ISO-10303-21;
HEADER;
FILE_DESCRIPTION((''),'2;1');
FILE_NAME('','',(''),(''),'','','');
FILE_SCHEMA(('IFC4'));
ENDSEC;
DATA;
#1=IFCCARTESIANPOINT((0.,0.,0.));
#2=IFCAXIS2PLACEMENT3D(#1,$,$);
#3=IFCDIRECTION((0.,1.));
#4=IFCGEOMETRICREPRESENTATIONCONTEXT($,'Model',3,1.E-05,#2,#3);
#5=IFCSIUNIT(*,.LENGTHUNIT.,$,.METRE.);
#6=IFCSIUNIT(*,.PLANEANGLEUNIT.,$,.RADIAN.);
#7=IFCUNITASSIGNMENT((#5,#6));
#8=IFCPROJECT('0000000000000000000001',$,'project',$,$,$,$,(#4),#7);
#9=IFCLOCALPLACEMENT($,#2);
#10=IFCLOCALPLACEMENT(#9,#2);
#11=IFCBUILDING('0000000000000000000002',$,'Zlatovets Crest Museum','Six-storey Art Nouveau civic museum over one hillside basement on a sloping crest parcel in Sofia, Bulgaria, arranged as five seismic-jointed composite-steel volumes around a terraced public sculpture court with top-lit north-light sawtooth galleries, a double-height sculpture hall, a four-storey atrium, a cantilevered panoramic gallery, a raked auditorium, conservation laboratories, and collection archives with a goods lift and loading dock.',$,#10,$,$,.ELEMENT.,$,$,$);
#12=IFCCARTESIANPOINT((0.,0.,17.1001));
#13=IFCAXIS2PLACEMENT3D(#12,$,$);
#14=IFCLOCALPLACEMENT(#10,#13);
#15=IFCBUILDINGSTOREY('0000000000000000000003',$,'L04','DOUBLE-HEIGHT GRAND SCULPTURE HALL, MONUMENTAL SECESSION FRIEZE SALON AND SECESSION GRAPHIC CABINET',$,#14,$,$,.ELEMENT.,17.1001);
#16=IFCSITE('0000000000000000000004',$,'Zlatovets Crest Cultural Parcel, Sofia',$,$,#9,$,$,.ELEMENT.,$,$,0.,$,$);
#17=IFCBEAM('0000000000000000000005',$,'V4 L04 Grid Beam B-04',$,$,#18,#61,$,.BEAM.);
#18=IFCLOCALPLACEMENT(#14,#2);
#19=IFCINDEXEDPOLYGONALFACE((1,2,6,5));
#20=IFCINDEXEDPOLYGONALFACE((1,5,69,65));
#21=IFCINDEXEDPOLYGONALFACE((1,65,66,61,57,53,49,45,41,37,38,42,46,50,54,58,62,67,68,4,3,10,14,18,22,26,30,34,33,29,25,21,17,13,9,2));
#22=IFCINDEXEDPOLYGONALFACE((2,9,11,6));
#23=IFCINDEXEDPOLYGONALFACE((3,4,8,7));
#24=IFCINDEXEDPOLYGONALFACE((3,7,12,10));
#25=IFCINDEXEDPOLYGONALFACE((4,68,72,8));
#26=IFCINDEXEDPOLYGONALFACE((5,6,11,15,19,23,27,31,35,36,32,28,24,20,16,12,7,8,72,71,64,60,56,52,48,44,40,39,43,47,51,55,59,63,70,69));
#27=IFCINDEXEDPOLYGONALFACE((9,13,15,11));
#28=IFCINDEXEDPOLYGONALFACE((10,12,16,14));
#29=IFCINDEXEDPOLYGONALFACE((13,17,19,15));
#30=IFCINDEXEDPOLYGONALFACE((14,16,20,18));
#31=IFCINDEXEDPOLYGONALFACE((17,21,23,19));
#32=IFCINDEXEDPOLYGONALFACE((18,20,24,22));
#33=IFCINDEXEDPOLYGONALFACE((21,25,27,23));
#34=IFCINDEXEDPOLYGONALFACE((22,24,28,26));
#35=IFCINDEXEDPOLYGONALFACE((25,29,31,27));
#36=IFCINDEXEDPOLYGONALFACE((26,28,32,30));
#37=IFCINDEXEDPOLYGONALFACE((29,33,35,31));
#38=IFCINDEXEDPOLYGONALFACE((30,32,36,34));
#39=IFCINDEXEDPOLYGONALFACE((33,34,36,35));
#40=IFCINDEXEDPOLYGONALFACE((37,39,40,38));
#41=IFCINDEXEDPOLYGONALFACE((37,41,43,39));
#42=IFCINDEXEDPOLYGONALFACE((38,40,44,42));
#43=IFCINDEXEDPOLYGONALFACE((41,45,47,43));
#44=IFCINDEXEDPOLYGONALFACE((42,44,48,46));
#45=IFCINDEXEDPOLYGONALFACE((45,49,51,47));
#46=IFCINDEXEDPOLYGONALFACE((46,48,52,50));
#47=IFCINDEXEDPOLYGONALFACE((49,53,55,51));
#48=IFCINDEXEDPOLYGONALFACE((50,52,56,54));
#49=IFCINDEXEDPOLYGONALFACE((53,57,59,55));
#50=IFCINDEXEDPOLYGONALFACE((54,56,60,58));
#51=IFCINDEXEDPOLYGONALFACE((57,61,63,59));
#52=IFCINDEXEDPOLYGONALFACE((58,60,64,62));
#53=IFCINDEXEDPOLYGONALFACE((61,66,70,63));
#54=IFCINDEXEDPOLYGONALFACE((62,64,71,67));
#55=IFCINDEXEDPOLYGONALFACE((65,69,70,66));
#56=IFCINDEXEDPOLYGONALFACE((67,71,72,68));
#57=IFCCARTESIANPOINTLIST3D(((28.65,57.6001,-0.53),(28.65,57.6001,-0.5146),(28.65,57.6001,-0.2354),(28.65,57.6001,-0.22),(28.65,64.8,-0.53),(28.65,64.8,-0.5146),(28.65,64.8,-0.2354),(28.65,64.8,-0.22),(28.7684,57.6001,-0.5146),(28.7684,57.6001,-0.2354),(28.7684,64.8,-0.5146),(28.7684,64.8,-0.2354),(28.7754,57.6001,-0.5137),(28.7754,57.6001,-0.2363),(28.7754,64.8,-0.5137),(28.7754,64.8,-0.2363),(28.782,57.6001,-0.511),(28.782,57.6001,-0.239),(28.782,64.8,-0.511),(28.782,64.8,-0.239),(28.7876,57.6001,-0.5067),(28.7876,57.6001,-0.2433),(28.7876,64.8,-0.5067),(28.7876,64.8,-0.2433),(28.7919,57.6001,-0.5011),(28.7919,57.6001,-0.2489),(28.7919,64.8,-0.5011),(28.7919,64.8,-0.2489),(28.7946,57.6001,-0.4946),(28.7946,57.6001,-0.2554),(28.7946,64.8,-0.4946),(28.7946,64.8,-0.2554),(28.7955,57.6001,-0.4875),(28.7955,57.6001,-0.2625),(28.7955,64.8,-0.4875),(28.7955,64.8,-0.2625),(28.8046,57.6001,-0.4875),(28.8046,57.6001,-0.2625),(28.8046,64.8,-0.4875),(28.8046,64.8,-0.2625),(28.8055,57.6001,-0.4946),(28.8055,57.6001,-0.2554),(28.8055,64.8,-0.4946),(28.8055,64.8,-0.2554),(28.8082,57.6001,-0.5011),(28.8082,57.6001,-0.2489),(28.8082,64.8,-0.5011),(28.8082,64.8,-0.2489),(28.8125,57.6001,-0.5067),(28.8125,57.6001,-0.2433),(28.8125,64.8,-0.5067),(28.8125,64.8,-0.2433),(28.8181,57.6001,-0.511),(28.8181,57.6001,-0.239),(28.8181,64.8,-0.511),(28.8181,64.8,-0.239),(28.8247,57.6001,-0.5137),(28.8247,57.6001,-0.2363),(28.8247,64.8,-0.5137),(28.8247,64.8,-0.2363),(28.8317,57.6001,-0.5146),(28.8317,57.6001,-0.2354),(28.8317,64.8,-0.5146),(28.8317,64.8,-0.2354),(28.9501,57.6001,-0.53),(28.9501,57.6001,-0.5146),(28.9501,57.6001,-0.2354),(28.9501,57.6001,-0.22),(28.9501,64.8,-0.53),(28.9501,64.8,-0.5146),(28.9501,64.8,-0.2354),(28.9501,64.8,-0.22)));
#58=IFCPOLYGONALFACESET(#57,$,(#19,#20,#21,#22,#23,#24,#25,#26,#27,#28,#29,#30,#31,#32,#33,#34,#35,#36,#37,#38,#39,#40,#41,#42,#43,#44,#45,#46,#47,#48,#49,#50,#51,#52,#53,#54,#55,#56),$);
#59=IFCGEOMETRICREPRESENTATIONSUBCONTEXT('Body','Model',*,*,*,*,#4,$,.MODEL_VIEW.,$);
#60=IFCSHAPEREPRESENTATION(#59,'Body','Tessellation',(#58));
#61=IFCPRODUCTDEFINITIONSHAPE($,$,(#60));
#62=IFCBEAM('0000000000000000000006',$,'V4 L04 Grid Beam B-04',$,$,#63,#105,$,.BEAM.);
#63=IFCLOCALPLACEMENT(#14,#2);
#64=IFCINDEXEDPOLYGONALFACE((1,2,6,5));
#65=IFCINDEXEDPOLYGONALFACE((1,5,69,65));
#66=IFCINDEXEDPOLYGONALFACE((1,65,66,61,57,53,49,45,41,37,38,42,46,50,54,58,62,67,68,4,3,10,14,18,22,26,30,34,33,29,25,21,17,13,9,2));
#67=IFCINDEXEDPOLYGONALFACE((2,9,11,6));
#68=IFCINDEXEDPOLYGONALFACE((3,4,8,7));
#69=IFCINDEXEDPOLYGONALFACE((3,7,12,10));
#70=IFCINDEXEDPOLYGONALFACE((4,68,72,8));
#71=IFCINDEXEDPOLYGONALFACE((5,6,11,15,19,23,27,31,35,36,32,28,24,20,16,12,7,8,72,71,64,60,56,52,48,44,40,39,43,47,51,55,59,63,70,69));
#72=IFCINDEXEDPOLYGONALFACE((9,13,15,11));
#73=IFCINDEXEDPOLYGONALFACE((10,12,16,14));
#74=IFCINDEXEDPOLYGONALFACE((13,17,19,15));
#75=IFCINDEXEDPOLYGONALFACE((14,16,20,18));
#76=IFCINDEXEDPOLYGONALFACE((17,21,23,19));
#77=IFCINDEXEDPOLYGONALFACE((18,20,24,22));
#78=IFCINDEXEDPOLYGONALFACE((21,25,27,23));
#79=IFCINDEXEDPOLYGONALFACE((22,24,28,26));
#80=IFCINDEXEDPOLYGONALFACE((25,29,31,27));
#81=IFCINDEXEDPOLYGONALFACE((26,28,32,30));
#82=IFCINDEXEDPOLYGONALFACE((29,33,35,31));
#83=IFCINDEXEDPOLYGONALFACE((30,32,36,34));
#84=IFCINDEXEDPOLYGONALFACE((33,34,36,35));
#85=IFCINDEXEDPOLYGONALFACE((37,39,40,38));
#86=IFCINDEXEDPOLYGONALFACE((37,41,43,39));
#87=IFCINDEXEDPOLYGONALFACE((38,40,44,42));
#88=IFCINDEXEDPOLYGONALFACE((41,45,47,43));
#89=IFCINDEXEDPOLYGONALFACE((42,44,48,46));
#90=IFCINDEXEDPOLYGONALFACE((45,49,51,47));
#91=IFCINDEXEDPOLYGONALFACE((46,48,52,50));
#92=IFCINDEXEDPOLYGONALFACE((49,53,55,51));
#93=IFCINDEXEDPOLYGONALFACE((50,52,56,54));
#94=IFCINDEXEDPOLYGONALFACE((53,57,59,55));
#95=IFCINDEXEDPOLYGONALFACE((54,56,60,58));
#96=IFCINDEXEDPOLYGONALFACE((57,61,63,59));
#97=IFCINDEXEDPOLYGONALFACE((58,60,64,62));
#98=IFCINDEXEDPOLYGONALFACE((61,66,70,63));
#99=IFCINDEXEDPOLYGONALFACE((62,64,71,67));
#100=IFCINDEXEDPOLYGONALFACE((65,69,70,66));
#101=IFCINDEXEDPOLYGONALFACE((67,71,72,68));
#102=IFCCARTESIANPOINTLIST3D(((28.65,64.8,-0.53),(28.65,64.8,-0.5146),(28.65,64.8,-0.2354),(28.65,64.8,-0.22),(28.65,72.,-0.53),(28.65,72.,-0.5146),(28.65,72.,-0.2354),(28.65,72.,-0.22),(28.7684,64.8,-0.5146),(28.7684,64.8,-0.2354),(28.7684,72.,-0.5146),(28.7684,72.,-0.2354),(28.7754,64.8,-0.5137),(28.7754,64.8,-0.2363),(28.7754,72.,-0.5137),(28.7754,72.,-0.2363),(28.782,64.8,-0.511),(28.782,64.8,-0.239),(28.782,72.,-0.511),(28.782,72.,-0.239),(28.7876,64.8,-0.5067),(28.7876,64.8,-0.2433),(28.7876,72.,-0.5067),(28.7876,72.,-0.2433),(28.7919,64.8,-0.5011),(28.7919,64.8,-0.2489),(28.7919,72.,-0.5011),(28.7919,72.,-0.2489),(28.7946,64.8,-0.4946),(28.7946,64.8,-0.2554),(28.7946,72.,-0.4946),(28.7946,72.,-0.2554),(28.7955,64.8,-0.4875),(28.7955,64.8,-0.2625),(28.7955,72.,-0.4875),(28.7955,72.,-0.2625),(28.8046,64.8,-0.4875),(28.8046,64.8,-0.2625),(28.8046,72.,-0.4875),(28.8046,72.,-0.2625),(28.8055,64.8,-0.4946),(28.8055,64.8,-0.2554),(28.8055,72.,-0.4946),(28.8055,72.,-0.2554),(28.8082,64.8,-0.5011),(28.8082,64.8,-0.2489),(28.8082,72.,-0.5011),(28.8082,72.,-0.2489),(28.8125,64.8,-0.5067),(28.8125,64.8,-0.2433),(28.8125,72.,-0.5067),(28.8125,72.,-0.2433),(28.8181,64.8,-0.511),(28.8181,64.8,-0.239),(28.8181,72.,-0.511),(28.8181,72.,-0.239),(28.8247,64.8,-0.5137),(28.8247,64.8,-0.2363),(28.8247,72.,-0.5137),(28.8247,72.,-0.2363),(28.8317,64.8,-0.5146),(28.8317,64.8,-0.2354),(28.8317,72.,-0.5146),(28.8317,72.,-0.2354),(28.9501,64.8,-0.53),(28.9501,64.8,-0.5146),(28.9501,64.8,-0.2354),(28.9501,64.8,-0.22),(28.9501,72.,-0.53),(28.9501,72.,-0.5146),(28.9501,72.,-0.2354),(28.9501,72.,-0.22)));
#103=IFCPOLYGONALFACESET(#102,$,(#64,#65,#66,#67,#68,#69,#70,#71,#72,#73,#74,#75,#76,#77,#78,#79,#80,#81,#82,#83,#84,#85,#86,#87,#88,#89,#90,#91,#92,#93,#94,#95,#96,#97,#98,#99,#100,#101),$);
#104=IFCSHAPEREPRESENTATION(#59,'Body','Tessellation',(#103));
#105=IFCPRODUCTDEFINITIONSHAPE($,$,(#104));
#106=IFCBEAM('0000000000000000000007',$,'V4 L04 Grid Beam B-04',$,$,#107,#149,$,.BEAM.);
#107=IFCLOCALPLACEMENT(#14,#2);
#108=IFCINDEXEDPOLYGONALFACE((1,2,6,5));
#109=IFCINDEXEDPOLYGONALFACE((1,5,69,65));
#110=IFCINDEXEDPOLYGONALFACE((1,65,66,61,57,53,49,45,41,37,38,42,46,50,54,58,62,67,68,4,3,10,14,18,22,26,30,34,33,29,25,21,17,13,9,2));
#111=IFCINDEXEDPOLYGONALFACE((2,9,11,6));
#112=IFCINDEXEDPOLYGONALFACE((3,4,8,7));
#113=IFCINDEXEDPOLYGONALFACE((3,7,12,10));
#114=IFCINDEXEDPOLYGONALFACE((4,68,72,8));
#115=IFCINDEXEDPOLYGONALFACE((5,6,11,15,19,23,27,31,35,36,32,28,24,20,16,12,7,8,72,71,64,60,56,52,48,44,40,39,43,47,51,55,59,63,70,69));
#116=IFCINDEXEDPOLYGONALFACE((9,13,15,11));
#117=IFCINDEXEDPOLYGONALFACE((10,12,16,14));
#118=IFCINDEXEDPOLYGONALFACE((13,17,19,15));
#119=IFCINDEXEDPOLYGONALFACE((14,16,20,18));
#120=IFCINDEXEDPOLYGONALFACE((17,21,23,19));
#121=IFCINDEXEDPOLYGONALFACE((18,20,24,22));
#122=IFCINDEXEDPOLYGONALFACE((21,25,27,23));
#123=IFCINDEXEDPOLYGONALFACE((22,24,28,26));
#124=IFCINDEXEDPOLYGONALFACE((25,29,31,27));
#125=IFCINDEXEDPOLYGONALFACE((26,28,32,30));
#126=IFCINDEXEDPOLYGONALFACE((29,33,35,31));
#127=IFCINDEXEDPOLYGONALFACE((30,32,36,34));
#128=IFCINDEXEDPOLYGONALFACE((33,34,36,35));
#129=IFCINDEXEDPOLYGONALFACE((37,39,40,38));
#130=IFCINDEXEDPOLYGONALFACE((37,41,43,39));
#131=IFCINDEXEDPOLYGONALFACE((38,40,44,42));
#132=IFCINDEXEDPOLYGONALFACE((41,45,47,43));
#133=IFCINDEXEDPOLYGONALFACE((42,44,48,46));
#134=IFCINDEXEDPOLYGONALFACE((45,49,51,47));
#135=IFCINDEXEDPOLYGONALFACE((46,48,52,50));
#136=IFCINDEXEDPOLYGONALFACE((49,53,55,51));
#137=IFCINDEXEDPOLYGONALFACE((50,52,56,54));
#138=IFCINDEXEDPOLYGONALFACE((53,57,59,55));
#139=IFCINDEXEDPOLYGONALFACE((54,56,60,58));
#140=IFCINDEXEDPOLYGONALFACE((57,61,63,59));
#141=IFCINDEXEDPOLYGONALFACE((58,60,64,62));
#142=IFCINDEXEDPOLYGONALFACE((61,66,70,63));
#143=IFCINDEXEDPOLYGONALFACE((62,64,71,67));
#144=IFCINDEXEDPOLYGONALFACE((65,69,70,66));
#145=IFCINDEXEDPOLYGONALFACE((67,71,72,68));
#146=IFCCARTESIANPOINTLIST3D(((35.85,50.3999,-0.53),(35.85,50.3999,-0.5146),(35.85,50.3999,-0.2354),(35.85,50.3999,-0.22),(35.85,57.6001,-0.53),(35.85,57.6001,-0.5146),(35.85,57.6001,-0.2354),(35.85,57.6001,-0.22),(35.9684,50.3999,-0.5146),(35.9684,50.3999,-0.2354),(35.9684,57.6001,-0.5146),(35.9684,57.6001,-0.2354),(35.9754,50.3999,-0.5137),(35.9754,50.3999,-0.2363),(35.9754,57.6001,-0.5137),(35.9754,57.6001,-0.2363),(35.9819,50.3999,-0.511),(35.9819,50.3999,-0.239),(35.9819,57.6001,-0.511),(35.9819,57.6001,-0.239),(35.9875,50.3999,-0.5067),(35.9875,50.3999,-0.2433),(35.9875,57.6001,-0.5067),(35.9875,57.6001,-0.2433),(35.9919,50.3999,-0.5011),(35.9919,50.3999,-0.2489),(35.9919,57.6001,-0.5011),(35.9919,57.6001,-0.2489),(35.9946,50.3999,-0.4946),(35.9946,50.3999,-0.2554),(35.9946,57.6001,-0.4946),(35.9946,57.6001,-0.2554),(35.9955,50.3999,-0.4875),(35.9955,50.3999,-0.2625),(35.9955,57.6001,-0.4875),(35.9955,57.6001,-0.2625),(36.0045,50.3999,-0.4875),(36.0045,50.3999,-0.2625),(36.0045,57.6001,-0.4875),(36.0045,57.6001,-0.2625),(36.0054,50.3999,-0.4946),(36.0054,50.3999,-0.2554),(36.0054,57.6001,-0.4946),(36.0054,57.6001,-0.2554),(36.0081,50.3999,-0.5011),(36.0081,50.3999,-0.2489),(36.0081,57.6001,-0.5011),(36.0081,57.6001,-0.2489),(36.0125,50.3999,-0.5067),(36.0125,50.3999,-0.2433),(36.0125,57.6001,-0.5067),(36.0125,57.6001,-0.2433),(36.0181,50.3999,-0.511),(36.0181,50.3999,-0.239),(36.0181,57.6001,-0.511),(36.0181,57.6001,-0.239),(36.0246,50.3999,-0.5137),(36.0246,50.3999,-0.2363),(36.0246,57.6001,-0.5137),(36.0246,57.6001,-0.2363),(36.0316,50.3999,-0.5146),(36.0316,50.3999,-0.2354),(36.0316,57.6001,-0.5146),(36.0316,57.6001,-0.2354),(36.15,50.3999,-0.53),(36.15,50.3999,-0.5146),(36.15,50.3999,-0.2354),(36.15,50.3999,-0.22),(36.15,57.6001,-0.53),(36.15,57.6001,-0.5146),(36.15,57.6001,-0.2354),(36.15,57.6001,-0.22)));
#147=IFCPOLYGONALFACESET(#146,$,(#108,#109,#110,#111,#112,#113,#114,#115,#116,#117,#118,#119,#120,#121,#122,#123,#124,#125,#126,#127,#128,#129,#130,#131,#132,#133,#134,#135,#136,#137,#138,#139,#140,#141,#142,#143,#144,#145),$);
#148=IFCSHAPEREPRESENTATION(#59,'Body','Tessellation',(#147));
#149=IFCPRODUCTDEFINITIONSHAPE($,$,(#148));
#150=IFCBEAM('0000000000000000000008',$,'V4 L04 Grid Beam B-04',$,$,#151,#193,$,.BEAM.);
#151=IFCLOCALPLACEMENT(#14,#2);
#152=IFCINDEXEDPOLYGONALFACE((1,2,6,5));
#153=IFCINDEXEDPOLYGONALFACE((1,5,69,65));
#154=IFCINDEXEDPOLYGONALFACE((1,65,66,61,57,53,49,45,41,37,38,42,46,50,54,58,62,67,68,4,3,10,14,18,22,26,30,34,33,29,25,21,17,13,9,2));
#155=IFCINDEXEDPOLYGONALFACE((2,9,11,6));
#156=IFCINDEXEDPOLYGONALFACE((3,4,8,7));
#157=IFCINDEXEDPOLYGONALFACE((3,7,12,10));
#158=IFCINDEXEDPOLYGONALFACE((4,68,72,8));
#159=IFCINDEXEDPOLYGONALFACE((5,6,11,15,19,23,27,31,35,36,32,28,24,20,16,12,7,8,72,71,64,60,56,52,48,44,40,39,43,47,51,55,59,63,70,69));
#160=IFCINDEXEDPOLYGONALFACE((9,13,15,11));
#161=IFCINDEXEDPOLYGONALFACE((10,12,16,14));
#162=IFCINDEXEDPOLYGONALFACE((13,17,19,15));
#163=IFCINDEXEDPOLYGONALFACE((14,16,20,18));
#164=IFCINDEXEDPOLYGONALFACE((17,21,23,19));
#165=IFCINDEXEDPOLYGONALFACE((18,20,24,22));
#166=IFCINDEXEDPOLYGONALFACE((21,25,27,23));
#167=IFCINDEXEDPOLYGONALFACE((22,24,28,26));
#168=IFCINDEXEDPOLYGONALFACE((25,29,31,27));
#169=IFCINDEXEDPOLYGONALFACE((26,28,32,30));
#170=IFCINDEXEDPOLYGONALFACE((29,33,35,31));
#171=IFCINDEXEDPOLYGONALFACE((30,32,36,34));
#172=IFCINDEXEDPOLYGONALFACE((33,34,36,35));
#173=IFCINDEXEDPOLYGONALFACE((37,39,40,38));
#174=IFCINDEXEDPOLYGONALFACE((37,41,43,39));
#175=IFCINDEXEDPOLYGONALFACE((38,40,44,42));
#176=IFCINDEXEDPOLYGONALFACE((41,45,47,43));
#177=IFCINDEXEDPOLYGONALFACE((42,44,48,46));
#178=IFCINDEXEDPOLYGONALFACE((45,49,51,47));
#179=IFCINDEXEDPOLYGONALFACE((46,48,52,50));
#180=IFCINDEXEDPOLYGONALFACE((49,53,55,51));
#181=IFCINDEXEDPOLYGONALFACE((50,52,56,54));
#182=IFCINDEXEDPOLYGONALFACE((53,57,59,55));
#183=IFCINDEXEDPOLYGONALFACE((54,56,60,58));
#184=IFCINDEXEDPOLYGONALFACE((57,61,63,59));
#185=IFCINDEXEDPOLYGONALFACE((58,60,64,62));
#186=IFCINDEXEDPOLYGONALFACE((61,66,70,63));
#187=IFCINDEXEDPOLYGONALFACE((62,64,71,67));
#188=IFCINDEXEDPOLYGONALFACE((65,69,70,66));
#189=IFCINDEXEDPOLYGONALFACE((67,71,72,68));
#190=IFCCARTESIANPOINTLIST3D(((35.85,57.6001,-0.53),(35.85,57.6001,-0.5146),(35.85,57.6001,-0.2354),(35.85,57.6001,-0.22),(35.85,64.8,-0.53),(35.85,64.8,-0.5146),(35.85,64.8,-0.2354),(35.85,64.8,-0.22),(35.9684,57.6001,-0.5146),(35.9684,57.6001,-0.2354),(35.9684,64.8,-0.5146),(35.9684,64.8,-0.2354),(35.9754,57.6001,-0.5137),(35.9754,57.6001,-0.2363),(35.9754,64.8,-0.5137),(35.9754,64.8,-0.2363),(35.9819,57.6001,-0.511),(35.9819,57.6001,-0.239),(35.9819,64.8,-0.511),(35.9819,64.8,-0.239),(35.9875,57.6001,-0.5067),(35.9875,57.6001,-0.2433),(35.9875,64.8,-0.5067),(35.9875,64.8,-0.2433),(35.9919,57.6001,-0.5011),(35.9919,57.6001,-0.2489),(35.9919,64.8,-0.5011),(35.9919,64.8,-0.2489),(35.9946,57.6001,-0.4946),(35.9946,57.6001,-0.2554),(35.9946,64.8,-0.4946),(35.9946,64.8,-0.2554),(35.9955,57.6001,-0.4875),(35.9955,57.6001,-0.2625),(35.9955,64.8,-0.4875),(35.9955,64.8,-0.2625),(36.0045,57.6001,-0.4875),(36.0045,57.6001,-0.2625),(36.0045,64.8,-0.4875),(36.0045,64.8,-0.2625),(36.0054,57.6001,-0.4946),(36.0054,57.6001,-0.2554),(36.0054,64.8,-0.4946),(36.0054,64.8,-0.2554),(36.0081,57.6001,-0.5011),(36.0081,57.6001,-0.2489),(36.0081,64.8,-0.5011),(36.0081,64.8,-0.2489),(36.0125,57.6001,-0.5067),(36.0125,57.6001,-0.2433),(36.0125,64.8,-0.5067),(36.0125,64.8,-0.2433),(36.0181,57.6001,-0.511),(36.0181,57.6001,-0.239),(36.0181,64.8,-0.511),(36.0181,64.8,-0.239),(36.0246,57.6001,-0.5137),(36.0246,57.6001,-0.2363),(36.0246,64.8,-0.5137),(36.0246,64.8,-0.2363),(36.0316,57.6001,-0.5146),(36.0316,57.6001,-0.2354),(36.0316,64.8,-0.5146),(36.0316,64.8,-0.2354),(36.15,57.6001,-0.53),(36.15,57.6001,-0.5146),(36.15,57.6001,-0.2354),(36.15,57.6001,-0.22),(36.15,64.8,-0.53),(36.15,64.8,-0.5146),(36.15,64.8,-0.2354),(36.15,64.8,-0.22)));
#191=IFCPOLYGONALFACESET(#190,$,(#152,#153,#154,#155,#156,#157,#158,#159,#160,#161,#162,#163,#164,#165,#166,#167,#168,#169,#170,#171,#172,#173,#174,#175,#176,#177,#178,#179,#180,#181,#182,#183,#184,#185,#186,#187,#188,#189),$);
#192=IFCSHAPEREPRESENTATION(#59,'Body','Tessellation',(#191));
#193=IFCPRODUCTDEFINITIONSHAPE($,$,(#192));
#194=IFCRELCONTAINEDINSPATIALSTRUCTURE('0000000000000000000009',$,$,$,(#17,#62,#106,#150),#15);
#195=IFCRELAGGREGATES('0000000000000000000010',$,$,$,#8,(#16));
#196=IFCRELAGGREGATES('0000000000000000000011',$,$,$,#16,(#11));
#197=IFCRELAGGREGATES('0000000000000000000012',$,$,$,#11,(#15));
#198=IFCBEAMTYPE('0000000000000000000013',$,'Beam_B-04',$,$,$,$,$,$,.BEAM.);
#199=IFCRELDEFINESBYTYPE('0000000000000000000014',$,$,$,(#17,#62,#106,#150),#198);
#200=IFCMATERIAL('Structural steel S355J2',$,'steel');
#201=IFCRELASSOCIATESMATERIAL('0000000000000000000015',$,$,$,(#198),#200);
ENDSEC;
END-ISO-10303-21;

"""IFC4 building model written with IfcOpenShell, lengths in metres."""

from ifc_helpers import new_model, si_unit, direction, frame, origin, origin_2d, place, context, subcontext, project, spatial, i_section, extrude, material, material_profile, profile_set, type_object, element, save


model = new_model("IFC4")

# Units and contexts
model_context = context("Model", 3, precision=1e-05, world=origin(), true_north=direction((0.0, 1.0)))
body_context = subcontext(model_context, "Body", "Model", "MODEL_VIEW")
ifc_project = project(units=[si_unit("LENGTHUNIT", "METRE"), si_unit("PLANEANGLEUNIT", "RADIAN")], contexts=[model_context])

# Site, building, storey
site_placement = place(None, origin())
site = spatial("IfcSite", under=ifc_project, at=site_placement, Name="Zlatovets Crest Cultural Parcel, Sofia", CompositionType="ELEMENT", RefElevation=0.0)
building_placement = place(site_placement, origin())
building = spatial("IfcBuilding", under=site, at=building_placement, Name="Zlatovets Crest Museum", Description="Six-storey Art Nouveau civic museum over one hillside basement on a sloping crest parcel in Sofia, Bulgaria, arranged as five seismic-jointed composite-steel volumes around a terraced public sculpture court with top-lit north-light sawtooth galleries, a double-height sculpture hall, a four-storey atrium, a cantilevered panoramic gallery, a raked auditorium, conservation laboratories, and collection archives with a goods lift and loading dock.", CompositionType="ELEMENT")
storey_placement = place(building_placement, frame((0.0, 0.0, 17.1001)))
storey = spatial("IfcBuildingStorey", under=building, at=storey_placement, Name="L04", Description="DOUBLE-HEIGHT GRAND SCULPTURE HALL, MONUMENTAL SECESSION FRIEZE SALON AND SECESSION GRAPHIC CABINET", CompositionType="ELEMENT", Elevation=17.1001)

# Beams
ifc_material_1 = material(Name="Structural steel S355J2", Category="steel")
ifc_material_profile_1 = material_profile(ifc_material_1, i_section(OverallWidth=0.3, OverallDepth=0.3101, WebThickness=0.009, FlangeThickness=0.0154, FilletRadius=0.0271, at=origin_2d()), Name="HEA 320")
ifc_profile_set_1 = profile_set([ifc_material_profile_1], Name="Structural steel S355J2")
beam_type_1 = type_object("IfcBeamType", Name="Beam_B-04", PredefinedType="BEAM", material=ifc_profile_set_1)
for number, where, z_axis, x_axis, name in (
    (1, (28.8, 57.6001, -0.375), (0.0, 1.0, 0.0), (-1.0, 0.0, 0.0), "V4 L04 Grid Beam B-04"),
    (2, (28.8, 64.8, -0.375), (0.0, 1.0, 0.0), (-1.0, 0.0, 0.0), "V4 L04 Grid Beam B-04"),
):
    element("IfcBeam", number, at=place(storey_placement, frame(where, z_axis=z_axis, x_axis=x_axis)), inside=storey, type_object=beam_type_1, Name=name, PredefinedType="BEAM", context=body_context, shape_type="SweptSolid", body=[
        extrude(i_section(OverallWidth=0.3, OverallDepth=0.3101, WebThickness=0.009, FlangeThickness=0.0154, FilletRadius=0.0271, at=origin_2d()), origin(), (0.0, 0.0, 1.0), 7.2),
    ])
beam_1_placement = place(storey_placement, frame((36.0, 50.3999, -0.375), z_axis=(0.0, 1.0, 0.0), x_axis=(-1.0, 0.0, 0.0)))
element("IfcBeam", 3, at=beam_1_placement, inside=storey, type_object=beam_type_1, Name="V4 L04 Grid Beam B-04", PredefinedType="BEAM", context=body_context, shape_type="SweptSolid", body=[
    extrude(i_section(OverallWidth=0.3, OverallDepth=0.3101, WebThickness=0.009, FlangeThickness=0.0154, FilletRadius=0.0271, at=origin_2d()), origin(), (0.0, 0.0, 1.0), 7.2002),
])
for number, where, z_axis, x_axis, name in (
    (4, (36.0, 57.6001, -0.375), (0.0, 1.0, 0.0), (-1.0, 0.0, 0.0), "V4 L04 Grid Beam B-04"),
):
    element("IfcBeam", number, at=place(storey_placement, frame(where, z_axis=z_axis, x_axis=x_axis)), inside=storey, type_object=beam_type_1, Name=name, PredefinedType="BEAM", context=body_context, shape_type="SweptSolid", body=[
        extrude(i_section(OverallWidth=0.3, OverallDepth=0.3101, WebThickness=0.009, FlangeThickness=0.0154, FilletRadius=0.0271, at=origin_2d()), origin(), (0.0, 0.0, 1.0), 7.2),
    ])

save(model, "model.ifc")
